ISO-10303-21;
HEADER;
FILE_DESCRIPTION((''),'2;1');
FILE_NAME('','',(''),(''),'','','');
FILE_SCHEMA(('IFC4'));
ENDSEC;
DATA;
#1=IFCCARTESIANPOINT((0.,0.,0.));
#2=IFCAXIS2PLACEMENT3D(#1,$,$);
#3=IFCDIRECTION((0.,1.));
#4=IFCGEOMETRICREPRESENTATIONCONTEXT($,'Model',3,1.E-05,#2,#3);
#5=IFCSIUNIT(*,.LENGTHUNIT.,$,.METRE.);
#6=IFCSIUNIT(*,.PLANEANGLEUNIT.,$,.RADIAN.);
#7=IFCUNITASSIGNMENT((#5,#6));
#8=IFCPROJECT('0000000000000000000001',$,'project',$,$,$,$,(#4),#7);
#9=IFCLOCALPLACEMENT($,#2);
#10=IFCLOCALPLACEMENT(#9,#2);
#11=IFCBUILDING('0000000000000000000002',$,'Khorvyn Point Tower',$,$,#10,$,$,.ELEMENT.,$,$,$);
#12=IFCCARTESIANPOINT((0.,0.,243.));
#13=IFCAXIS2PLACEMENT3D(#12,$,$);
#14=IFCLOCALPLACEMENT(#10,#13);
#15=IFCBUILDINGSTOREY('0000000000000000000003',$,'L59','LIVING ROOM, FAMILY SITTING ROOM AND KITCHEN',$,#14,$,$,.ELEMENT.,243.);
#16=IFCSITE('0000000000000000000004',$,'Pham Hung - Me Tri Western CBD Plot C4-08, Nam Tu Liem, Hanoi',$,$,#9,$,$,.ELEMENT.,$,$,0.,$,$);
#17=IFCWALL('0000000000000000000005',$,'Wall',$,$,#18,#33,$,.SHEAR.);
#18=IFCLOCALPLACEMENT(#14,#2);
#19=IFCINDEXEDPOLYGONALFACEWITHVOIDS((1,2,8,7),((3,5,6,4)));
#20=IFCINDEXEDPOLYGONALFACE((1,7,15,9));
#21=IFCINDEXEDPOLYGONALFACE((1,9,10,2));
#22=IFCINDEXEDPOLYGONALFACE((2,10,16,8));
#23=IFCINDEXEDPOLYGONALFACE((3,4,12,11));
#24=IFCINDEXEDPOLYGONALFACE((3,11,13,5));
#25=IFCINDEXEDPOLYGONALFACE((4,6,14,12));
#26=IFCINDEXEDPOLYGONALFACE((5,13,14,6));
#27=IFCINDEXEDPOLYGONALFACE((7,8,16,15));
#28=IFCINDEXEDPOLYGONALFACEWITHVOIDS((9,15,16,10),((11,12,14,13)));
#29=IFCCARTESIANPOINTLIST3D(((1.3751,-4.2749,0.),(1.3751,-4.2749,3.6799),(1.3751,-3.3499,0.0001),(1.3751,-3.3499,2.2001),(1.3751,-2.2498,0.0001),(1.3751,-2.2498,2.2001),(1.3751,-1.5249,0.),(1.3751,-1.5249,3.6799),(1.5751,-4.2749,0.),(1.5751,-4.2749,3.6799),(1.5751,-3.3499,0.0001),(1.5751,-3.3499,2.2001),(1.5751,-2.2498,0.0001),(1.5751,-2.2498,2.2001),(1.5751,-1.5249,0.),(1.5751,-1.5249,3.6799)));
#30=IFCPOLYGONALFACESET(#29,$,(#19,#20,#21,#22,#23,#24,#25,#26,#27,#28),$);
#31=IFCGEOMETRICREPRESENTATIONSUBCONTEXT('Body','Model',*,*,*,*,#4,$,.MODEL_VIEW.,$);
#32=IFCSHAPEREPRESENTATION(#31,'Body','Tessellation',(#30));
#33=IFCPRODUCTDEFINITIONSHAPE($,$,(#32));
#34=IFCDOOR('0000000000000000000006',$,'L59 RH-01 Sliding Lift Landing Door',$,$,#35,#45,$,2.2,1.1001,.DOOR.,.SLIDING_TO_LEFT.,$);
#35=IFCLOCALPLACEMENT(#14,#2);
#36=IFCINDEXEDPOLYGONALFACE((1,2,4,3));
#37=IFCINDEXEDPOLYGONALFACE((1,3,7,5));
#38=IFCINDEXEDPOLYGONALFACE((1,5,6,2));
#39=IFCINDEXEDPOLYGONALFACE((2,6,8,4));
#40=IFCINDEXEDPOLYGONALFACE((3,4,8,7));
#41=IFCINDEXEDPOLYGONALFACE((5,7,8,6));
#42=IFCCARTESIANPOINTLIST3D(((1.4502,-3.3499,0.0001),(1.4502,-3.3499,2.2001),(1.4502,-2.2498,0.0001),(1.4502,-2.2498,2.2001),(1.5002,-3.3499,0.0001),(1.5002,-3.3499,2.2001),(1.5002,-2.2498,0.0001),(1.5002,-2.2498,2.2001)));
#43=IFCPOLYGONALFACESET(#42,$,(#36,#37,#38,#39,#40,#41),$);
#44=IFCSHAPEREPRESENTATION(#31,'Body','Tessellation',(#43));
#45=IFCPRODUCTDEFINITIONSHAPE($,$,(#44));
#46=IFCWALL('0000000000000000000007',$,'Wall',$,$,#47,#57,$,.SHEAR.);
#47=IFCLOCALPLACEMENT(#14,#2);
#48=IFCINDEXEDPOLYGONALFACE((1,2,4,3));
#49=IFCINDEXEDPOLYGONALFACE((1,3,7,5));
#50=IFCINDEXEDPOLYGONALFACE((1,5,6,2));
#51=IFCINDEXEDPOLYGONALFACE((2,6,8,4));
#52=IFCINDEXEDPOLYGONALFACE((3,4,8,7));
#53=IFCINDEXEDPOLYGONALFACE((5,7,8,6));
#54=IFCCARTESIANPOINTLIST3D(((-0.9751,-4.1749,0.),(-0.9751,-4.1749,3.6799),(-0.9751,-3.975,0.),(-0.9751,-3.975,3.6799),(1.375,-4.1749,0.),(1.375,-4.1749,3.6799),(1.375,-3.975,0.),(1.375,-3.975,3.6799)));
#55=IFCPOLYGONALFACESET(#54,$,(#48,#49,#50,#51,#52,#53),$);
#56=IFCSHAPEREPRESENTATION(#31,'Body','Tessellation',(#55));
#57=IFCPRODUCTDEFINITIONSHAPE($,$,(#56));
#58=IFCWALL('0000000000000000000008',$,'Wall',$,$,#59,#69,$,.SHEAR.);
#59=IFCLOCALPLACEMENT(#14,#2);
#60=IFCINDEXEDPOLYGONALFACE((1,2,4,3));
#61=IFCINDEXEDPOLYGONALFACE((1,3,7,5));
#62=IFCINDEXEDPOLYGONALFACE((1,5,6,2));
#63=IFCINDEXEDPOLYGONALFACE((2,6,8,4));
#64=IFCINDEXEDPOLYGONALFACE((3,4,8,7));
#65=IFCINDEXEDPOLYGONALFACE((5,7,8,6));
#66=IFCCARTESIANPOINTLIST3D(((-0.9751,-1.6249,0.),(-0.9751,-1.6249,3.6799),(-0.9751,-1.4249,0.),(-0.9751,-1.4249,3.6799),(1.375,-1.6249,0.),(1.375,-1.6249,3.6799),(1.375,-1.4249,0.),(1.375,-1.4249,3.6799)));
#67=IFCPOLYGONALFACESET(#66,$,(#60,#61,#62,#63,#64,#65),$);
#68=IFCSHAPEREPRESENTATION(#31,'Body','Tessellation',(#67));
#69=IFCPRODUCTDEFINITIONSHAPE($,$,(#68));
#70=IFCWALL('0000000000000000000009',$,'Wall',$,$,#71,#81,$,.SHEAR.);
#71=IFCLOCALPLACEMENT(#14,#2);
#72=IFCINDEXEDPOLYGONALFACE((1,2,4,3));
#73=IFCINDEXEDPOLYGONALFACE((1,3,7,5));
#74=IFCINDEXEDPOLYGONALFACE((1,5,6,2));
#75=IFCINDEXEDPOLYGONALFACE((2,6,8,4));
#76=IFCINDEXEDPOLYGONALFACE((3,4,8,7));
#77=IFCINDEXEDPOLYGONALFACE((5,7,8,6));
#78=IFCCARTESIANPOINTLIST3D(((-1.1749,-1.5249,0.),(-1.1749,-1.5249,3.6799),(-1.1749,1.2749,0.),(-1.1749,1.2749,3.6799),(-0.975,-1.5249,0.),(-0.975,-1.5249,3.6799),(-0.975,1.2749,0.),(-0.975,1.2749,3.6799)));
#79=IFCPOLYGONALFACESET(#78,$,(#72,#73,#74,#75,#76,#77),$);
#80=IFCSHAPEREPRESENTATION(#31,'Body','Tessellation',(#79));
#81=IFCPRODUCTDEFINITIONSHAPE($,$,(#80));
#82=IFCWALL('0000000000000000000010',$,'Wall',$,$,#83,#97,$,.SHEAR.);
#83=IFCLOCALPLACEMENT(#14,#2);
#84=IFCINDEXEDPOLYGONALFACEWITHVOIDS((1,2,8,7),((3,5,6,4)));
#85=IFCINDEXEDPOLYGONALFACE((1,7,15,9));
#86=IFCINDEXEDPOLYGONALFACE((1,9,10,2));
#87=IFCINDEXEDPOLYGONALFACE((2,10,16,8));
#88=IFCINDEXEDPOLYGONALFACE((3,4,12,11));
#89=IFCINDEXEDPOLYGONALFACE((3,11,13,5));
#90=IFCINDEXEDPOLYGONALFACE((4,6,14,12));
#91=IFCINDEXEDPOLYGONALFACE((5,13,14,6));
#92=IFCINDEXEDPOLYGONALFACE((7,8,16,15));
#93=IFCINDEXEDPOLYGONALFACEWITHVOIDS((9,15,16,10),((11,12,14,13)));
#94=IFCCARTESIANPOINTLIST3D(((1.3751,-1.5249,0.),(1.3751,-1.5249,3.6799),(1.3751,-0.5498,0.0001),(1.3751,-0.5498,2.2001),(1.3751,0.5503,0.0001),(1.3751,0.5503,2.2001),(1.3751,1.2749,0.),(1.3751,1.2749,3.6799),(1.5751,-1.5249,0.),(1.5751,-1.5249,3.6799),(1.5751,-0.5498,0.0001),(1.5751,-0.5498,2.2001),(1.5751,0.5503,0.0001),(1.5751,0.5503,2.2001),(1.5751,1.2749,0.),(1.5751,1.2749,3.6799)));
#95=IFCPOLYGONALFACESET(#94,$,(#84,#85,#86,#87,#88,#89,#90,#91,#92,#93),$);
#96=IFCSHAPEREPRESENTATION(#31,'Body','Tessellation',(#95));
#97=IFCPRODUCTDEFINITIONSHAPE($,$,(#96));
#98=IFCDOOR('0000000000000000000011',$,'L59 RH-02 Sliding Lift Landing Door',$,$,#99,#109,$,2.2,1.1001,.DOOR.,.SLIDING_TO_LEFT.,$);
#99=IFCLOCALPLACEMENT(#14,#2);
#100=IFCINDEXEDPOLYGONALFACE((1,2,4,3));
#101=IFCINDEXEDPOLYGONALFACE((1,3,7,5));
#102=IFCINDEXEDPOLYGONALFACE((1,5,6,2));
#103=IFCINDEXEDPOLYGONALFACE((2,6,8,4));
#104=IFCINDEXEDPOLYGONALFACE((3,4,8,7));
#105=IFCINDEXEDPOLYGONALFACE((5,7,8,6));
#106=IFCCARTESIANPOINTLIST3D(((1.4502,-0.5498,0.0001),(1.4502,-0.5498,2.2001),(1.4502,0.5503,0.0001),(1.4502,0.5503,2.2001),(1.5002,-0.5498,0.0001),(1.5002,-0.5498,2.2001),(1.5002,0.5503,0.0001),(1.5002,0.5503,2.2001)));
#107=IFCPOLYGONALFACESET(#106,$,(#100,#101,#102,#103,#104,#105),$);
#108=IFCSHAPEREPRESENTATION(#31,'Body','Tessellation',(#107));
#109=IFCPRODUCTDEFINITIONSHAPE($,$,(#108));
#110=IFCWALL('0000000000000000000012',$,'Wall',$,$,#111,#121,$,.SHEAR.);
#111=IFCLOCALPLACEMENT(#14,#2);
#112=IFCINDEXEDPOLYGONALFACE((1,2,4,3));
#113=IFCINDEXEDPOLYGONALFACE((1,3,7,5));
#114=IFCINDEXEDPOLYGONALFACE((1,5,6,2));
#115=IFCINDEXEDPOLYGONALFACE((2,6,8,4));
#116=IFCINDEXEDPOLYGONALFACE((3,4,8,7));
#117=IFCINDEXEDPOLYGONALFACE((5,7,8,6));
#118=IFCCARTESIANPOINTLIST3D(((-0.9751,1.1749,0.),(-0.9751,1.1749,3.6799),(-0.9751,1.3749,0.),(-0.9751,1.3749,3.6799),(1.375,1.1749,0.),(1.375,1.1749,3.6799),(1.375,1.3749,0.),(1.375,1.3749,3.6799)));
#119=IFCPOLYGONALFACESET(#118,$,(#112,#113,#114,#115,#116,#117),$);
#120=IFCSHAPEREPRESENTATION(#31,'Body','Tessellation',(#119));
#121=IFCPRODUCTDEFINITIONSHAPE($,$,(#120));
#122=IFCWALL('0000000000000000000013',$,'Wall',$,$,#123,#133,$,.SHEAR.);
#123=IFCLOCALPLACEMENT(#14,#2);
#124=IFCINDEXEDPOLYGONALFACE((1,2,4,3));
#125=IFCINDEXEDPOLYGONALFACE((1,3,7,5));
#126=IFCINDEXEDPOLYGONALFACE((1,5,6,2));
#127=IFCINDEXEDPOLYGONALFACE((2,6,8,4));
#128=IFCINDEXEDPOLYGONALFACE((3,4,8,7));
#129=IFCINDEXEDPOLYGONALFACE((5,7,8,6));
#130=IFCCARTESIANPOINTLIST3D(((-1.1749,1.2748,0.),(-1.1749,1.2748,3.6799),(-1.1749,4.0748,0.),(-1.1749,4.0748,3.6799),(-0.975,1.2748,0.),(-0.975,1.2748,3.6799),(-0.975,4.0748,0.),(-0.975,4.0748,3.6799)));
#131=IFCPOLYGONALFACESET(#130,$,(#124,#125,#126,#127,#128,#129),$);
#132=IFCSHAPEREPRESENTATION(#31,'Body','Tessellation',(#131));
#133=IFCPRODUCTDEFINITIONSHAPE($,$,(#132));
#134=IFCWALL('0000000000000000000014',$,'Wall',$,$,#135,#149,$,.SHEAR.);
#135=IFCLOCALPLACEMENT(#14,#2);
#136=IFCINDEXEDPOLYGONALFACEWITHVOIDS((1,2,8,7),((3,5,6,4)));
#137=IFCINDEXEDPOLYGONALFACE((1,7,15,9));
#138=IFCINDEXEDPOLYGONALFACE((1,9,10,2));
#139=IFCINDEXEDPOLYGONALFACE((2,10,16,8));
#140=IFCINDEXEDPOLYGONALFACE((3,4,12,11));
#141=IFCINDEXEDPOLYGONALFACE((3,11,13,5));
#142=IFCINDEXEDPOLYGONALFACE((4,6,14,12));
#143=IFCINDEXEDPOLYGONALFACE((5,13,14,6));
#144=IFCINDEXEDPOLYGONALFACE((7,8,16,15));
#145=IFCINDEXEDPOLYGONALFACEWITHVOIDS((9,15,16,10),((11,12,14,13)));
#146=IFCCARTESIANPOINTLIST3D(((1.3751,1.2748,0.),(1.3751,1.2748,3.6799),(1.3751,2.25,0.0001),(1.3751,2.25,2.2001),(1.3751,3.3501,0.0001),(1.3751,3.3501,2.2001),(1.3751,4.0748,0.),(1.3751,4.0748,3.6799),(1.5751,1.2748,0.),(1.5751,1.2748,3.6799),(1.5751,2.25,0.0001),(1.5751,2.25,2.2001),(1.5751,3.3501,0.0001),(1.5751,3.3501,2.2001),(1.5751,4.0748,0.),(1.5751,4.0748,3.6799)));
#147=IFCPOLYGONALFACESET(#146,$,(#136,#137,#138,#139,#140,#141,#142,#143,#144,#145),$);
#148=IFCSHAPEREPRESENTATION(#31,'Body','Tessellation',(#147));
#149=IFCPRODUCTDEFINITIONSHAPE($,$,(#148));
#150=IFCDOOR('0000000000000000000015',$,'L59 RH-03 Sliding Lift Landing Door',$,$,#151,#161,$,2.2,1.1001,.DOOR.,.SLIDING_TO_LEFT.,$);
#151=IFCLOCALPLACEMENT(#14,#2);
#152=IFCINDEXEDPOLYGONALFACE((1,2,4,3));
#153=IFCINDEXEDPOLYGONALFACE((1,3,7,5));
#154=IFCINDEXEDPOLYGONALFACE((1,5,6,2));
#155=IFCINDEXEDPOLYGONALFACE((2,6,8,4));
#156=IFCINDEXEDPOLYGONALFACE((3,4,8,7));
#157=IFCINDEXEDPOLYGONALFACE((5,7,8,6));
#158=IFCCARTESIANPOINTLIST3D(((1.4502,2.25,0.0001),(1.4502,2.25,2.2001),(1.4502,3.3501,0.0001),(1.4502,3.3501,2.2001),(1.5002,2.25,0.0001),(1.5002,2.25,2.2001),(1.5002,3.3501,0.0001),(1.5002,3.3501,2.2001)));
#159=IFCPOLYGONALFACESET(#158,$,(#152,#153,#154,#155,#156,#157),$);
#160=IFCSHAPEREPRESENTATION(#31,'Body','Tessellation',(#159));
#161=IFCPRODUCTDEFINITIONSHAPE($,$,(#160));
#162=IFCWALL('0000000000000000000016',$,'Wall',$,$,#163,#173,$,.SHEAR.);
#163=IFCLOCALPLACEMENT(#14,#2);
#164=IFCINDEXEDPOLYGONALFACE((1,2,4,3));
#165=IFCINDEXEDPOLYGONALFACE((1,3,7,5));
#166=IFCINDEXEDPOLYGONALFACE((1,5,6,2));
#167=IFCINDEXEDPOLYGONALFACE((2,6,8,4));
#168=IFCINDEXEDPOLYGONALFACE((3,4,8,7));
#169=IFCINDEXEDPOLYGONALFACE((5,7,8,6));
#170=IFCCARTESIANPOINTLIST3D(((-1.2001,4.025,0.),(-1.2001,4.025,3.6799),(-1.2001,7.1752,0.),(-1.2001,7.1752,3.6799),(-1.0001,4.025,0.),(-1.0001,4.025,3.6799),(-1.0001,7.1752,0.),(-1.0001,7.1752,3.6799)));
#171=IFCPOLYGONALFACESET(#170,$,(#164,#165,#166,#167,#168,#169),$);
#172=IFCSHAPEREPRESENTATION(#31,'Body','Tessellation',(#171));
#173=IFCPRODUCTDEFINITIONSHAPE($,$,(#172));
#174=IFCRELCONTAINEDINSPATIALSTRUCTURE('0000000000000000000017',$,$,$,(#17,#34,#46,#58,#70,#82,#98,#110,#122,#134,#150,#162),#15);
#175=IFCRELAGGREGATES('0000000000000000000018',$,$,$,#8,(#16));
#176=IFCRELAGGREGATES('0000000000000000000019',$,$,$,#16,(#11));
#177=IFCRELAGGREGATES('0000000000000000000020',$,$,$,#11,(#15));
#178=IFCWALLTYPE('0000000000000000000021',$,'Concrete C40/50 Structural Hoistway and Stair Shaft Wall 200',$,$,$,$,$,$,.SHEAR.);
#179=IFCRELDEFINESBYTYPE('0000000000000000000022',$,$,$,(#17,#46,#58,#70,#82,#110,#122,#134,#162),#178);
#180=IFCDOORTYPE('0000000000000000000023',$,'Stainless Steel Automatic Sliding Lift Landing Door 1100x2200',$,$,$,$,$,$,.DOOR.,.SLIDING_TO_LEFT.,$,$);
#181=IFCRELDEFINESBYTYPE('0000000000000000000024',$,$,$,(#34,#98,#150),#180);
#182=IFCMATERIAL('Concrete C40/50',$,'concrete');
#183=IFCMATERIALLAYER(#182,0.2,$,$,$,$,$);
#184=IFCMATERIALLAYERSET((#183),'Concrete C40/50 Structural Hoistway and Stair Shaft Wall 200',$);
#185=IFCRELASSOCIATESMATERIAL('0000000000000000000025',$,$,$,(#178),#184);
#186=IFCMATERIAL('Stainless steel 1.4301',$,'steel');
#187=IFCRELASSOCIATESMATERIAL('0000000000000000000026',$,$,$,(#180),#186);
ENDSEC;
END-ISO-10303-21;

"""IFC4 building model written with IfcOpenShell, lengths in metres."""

from ifc_helpers import new_model, si_unit, direction, frame, frame_2d, origin, place, context, subcontext, project, spatial, rectangle, extrude, material, layer, layer_set, type_object, element, fill, save


model = new_model("IFC4")

# Units and contexts
model_context = context("Model", 3, precision=1e-05, world=origin(), true_north=direction((0.0, 1.0)))
body_context = subcontext(model_context, "Body", "Model", "MODEL_VIEW")
ifc_project = project(units=[si_unit("LENGTHUNIT", "METRE"), si_unit("PLANEANGLEUNIT", "RADIAN")], contexts=[model_context])

# Site, building, storey
site_placement = place(None, origin())
site = spatial("IfcSite", under=ifc_project, at=site_placement, Name="Pham Hung - Me Tri Western CBD Plot C4-08, Nam Tu Liem, Hanoi", CompositionType="ELEMENT", RefElevation=0.0)
building_placement = place(site_placement, origin())
building = spatial("IfcBuilding", under=site, at=building_placement, Name="Khorvyn Point Tower", CompositionType="ELEMENT")
storey_placement = place(building_placement, frame((0.0, 0.0, 243.0)))
storey = spatial("IfcBuildingStorey", under=building, at=storey_placement, Name="L59", Description="LIVING ROOM, FAMILY SITTING ROOM AND KITCHEN", CompositionType="ELEMENT", Elevation=243.0)

# Shared definitions
ifc_material_1 = material(Name="Concrete C40/50", Category="concrete")

# Shared definitions
ifc_layer_1 = layer(ifc_material_1, 0.2)
ifc_layer_set_1 = layer_set([ifc_layer_1], Name="Concrete C40/50 Structural Hoistway and Stair Shaft Wall 200")
wall_type = type_object("IfcWallType", Name="Concrete C40/50 Structural Hoistway and Stair Shaft Wall 200", PredefinedType="SHEAR", material=ifc_layer_set_1)

# Wall, opening, door
wall_1_placement = place(storey_placement, frame((1.4751, -4.2749, 0.0), z_axis=(0.0, 0.0, 1.0), x_axis=(0.0, 1.0, 0.0)))
wall_1 = element("IfcWall", 1, at=wall_1_placement, inside=storey, type_object=wall_type, Name="Wall", PredefinedType="SHEAR", context=body_context, shape_type="SweptSolid", body=[
    extrude(rectangle(XDim=2.75, YDim=0.2, at=frame_2d((1.375, 0.0))), origin(), (0.0, 0.0, 1.0), 3.6799),
])
opening_1_placement = place(wall_1_placement, frame((0.925, 0.0, 0.0)))
opening_1 = element("IfcOpeningElement", 2, at=opening_1_placement, cuts=wall_1, PredefinedType="OPENING", context=body_context, shape_type="SweptSolid", body=[
    extrude(rectangle(XDim=1.1001, YDim=2.2, at=frame_2d((0.55, 1.1001))), frame((0.0, 0.1099, 0.0), z_axis=(0.0, -1.0, 0.0), x_axis=(1.0, 0.0, 0.0)), (0.0, 0.0, 1.0), 0.22),
])
ifc_material_2 = material(Name="Stainless steel 1.4301", Category="steel")
door_type = type_object("IfcDoorType", Name="Stainless Steel Automatic Sliding Lift Landing Door 1100x2200", OperationType="SLIDING_TO_LEFT", PredefinedType="DOOR", material=ifc_material_2)
door_1_placement = place(opening_1_placement, origin())
door_1 = element("IfcDoor", 3, at=door_1_placement, inside=storey, type_object=door_type, Name="L59 RH-01 Sliding Lift Landing Door", OperationType="SLIDING_TO_LEFT", OverallHeight=2.2, OverallWidth=1.1001, PredefinedType="DOOR", context=body_context, shape_type="SweptSolid", body=[
    extrude(rectangle(XDim=1.1001, YDim=2.2, at=frame_2d((0.55, 1.1001))), frame((0.0, 0.0249, 0.0), z_axis=(0.0, -1.0, 0.0), x_axis=(1.0, 0.0, 0.0)), (0.0, 0.0, 1.0), 0.05),
])
fill(opening_1, door_1)

# Walls
for number, where, z_axis, x_axis, name in (
    (4, (-0.9751, -4.075, 0.0), (0.0, 0.0, 1.0), (1.0, 0.0, 0.0), "Wall"),
    (5, (-0.9751, -1.5249, 0.0), (0.0, 0.0, 1.0), (1.0, 0.0, 0.0), "Wall"),
):
    element("IfcWall", number, at=place(storey_placement, frame(where, z_axis=z_axis, x_axis=x_axis)), inside=storey, type_object=wall_type, Name=name, PredefinedType="SHEAR", context=body_context, shape_type="SweptSolid", body=[
        extrude(rectangle(XDim=2.3501, YDim=0.2, at=frame_2d((1.175, 0.0))), origin(), (0.0, 0.0, 1.0), 3.6799),
    ])
wall_2_placement = place(storey_placement, frame((-1.075, -1.5249, 0.0), z_axis=(0.0, 0.0, 1.0), x_axis=(0.0, 1.0, 0.0)))
element("IfcWall", 6, at=wall_2_placement, inside=storey, type_object=wall_type, Name="Wall", PredefinedType="SHEAR", context=body_context, shape_type="SweptSolid", body=[
    extrude(rectangle(XDim=2.7998, YDim=0.2, at=frame_2d((1.3999, 0.0))), origin(), (0.0, 0.0, 1.0), 3.6799),
])

# Wall, opening, door
wall_3_placement = place(storey_placement, frame((1.4751, -1.5249, 0.0), z_axis=(0.0, 0.0, 1.0), x_axis=(0.0, 1.0, 0.0)))
wall_3 = element("IfcWall", 7, at=wall_3_placement, inside=storey, type_object=wall_type, Name="Wall", PredefinedType="SHEAR", context=body_context, shape_type="SweptSolid", body=[
    extrude(rectangle(XDim=2.7998, YDim=0.2, at=frame_2d((1.3999, 0.0))), origin(), (0.0, 0.0, 1.0), 3.6799),
])
opening_2_placement = place(wall_3_placement, frame((0.9751, 0.0, 0.0)))
opening_2 = element("IfcOpeningElement", 8, at=opening_2_placement, cuts=wall_3, PredefinedType="OPENING", context=body_context, shape_type="SweptSolid", body=[
    extrude(rectangle(XDim=1.1001, YDim=2.2, at=frame_2d((0.55, 1.1001))), frame((0.0, 0.1099, 0.0), z_axis=(0.0, -1.0, 0.0), x_axis=(1.0, 0.0, 0.0)), (0.0, 0.0, 1.0), 0.22),
])
door_2_placement = place(opening_2_placement, origin())
door_2 = element("IfcDoor", 9, at=door_2_placement, inside=storey, type_object=door_type, Name="L59 RH-02 Sliding Lift Landing Door", OperationType="SLIDING_TO_LEFT", OverallHeight=2.2, OverallWidth=1.1001, PredefinedType="DOOR", context=body_context, shape_type="SweptSolid", body=[
    extrude(rectangle(XDim=1.1001, YDim=2.2, at=frame_2d((0.55, 1.1001))), frame((0.0, 0.0249, 0.0), z_axis=(0.0, -1.0, 0.0), x_axis=(1.0, 0.0, 0.0)), (0.0, 0.0, 1.0), 0.05),
])
fill(opening_2, door_2)

# Walls
wall_4_placement = place(storey_placement, frame((-0.9751, 1.2749, 0.0), z_axis=(0.0, 0.0, 1.0), x_axis=(1.0, 0.0, 0.0)))
element("IfcWall", 10, at=wall_4_placement, inside=storey, type_object=wall_type, Name="Wall", PredefinedType="SHEAR", context=body_context, shape_type="SweptSolid", body=[
    extrude(rectangle(XDim=2.3501, YDim=0.2, at=frame_2d((1.175, 0.0))), origin(), (0.0, 0.0, 1.0), 3.6799),
])
wall_5_placement = place(storey_placement, frame((-1.075, 1.2749, 0.0), z_axis=(0.0, 0.0, 1.0), x_axis=(0.0, 1.0, 0.0)))
element("IfcWall", 11, at=wall_5_placement, inside=storey, type_object=wall_type, Name="Wall", PredefinedType="SHEAR", context=body_context, shape_type="SweptSolid", body=[
    extrude(rectangle(XDim=2.8, YDim=0.2, at=frame_2d((1.3999, 0.0))), origin(), (0.0, 0.0, 1.0), 3.6799),
])

# Wall, opening, door
wall_6_placement = place(storey_placement, frame((1.4751, 1.2749, 0.0), z_axis=(0.0, 0.0, 1.0), x_axis=(0.0, 1.0, 0.0)))
wall_6 = element("IfcWall", 12, at=wall_6_placement, inside=storey, type_object=wall_type, Name="Wall", PredefinedType="SHEAR", context=body_context, shape_type="SweptSolid", body=[
    extrude(rectangle(XDim=2.8, YDim=0.2, at=frame_2d((1.3999, 0.0))), origin(), (0.0, 0.0, 1.0), 3.6799),
])
opening_3_placement = place(wall_6_placement, frame((0.9751, 0.0, 0.0)))
opening_3 = element("IfcOpeningElement", 13, at=opening_3_placement, cuts=wall_6, PredefinedType="OPENING", context=body_context, shape_type="SweptSolid", body=[
    extrude(rectangle(XDim=1.1001, YDim=2.2, at=frame_2d((0.55, 1.1001))), frame((0.0, 0.1099, 0.0), z_axis=(0.0, -1.0, 0.0), x_axis=(1.0, 0.0, 0.0)), (0.0, 0.0, 1.0), 0.22),
])
door_3_placement = place(opening_3_placement, origin())
door_3 = element("IfcDoor", 14, at=door_3_placement, inside=storey, type_object=door_type, Name="L59 RH-03 Sliding Lift Landing Door", OperationType="SLIDING_TO_LEFT", OverallHeight=2.2, OverallWidth=1.1001, PredefinedType="DOOR", context=body_context, shape_type="SweptSolid", body=[
    extrude(rectangle(XDim=1.1001, YDim=2.2, at=frame_2d((0.55, 1.1001))), frame((0.0, 0.0249, 0.0), z_axis=(0.0, -1.0, 0.0), x_axis=(1.0, 0.0, 0.0)), (0.0, 0.0, 1.0), 0.05),
])
fill(opening_3, door_3)

# Wall
wall_7_placement = place(storey_placement, frame((-1.1001, 4.0249, 0.0), z_axis=(0.0, 0.0, 1.0), x_axis=(0.0, 1.0, 0.0)))
element("IfcWall", 15, at=wall_7_placement, inside=storey, type_object=wall_type, Name="Wall", PredefinedType="SHEAR", context=body_context, shape_type="SweptSolid", body=[
    extrude(rectangle(XDim=3.1501, YDim=0.2, at=frame_2d((1.5752, 0.0))), origin(), (0.0, 0.0, 1.0), 3.6799),
])

save(model, "model.ifc")
